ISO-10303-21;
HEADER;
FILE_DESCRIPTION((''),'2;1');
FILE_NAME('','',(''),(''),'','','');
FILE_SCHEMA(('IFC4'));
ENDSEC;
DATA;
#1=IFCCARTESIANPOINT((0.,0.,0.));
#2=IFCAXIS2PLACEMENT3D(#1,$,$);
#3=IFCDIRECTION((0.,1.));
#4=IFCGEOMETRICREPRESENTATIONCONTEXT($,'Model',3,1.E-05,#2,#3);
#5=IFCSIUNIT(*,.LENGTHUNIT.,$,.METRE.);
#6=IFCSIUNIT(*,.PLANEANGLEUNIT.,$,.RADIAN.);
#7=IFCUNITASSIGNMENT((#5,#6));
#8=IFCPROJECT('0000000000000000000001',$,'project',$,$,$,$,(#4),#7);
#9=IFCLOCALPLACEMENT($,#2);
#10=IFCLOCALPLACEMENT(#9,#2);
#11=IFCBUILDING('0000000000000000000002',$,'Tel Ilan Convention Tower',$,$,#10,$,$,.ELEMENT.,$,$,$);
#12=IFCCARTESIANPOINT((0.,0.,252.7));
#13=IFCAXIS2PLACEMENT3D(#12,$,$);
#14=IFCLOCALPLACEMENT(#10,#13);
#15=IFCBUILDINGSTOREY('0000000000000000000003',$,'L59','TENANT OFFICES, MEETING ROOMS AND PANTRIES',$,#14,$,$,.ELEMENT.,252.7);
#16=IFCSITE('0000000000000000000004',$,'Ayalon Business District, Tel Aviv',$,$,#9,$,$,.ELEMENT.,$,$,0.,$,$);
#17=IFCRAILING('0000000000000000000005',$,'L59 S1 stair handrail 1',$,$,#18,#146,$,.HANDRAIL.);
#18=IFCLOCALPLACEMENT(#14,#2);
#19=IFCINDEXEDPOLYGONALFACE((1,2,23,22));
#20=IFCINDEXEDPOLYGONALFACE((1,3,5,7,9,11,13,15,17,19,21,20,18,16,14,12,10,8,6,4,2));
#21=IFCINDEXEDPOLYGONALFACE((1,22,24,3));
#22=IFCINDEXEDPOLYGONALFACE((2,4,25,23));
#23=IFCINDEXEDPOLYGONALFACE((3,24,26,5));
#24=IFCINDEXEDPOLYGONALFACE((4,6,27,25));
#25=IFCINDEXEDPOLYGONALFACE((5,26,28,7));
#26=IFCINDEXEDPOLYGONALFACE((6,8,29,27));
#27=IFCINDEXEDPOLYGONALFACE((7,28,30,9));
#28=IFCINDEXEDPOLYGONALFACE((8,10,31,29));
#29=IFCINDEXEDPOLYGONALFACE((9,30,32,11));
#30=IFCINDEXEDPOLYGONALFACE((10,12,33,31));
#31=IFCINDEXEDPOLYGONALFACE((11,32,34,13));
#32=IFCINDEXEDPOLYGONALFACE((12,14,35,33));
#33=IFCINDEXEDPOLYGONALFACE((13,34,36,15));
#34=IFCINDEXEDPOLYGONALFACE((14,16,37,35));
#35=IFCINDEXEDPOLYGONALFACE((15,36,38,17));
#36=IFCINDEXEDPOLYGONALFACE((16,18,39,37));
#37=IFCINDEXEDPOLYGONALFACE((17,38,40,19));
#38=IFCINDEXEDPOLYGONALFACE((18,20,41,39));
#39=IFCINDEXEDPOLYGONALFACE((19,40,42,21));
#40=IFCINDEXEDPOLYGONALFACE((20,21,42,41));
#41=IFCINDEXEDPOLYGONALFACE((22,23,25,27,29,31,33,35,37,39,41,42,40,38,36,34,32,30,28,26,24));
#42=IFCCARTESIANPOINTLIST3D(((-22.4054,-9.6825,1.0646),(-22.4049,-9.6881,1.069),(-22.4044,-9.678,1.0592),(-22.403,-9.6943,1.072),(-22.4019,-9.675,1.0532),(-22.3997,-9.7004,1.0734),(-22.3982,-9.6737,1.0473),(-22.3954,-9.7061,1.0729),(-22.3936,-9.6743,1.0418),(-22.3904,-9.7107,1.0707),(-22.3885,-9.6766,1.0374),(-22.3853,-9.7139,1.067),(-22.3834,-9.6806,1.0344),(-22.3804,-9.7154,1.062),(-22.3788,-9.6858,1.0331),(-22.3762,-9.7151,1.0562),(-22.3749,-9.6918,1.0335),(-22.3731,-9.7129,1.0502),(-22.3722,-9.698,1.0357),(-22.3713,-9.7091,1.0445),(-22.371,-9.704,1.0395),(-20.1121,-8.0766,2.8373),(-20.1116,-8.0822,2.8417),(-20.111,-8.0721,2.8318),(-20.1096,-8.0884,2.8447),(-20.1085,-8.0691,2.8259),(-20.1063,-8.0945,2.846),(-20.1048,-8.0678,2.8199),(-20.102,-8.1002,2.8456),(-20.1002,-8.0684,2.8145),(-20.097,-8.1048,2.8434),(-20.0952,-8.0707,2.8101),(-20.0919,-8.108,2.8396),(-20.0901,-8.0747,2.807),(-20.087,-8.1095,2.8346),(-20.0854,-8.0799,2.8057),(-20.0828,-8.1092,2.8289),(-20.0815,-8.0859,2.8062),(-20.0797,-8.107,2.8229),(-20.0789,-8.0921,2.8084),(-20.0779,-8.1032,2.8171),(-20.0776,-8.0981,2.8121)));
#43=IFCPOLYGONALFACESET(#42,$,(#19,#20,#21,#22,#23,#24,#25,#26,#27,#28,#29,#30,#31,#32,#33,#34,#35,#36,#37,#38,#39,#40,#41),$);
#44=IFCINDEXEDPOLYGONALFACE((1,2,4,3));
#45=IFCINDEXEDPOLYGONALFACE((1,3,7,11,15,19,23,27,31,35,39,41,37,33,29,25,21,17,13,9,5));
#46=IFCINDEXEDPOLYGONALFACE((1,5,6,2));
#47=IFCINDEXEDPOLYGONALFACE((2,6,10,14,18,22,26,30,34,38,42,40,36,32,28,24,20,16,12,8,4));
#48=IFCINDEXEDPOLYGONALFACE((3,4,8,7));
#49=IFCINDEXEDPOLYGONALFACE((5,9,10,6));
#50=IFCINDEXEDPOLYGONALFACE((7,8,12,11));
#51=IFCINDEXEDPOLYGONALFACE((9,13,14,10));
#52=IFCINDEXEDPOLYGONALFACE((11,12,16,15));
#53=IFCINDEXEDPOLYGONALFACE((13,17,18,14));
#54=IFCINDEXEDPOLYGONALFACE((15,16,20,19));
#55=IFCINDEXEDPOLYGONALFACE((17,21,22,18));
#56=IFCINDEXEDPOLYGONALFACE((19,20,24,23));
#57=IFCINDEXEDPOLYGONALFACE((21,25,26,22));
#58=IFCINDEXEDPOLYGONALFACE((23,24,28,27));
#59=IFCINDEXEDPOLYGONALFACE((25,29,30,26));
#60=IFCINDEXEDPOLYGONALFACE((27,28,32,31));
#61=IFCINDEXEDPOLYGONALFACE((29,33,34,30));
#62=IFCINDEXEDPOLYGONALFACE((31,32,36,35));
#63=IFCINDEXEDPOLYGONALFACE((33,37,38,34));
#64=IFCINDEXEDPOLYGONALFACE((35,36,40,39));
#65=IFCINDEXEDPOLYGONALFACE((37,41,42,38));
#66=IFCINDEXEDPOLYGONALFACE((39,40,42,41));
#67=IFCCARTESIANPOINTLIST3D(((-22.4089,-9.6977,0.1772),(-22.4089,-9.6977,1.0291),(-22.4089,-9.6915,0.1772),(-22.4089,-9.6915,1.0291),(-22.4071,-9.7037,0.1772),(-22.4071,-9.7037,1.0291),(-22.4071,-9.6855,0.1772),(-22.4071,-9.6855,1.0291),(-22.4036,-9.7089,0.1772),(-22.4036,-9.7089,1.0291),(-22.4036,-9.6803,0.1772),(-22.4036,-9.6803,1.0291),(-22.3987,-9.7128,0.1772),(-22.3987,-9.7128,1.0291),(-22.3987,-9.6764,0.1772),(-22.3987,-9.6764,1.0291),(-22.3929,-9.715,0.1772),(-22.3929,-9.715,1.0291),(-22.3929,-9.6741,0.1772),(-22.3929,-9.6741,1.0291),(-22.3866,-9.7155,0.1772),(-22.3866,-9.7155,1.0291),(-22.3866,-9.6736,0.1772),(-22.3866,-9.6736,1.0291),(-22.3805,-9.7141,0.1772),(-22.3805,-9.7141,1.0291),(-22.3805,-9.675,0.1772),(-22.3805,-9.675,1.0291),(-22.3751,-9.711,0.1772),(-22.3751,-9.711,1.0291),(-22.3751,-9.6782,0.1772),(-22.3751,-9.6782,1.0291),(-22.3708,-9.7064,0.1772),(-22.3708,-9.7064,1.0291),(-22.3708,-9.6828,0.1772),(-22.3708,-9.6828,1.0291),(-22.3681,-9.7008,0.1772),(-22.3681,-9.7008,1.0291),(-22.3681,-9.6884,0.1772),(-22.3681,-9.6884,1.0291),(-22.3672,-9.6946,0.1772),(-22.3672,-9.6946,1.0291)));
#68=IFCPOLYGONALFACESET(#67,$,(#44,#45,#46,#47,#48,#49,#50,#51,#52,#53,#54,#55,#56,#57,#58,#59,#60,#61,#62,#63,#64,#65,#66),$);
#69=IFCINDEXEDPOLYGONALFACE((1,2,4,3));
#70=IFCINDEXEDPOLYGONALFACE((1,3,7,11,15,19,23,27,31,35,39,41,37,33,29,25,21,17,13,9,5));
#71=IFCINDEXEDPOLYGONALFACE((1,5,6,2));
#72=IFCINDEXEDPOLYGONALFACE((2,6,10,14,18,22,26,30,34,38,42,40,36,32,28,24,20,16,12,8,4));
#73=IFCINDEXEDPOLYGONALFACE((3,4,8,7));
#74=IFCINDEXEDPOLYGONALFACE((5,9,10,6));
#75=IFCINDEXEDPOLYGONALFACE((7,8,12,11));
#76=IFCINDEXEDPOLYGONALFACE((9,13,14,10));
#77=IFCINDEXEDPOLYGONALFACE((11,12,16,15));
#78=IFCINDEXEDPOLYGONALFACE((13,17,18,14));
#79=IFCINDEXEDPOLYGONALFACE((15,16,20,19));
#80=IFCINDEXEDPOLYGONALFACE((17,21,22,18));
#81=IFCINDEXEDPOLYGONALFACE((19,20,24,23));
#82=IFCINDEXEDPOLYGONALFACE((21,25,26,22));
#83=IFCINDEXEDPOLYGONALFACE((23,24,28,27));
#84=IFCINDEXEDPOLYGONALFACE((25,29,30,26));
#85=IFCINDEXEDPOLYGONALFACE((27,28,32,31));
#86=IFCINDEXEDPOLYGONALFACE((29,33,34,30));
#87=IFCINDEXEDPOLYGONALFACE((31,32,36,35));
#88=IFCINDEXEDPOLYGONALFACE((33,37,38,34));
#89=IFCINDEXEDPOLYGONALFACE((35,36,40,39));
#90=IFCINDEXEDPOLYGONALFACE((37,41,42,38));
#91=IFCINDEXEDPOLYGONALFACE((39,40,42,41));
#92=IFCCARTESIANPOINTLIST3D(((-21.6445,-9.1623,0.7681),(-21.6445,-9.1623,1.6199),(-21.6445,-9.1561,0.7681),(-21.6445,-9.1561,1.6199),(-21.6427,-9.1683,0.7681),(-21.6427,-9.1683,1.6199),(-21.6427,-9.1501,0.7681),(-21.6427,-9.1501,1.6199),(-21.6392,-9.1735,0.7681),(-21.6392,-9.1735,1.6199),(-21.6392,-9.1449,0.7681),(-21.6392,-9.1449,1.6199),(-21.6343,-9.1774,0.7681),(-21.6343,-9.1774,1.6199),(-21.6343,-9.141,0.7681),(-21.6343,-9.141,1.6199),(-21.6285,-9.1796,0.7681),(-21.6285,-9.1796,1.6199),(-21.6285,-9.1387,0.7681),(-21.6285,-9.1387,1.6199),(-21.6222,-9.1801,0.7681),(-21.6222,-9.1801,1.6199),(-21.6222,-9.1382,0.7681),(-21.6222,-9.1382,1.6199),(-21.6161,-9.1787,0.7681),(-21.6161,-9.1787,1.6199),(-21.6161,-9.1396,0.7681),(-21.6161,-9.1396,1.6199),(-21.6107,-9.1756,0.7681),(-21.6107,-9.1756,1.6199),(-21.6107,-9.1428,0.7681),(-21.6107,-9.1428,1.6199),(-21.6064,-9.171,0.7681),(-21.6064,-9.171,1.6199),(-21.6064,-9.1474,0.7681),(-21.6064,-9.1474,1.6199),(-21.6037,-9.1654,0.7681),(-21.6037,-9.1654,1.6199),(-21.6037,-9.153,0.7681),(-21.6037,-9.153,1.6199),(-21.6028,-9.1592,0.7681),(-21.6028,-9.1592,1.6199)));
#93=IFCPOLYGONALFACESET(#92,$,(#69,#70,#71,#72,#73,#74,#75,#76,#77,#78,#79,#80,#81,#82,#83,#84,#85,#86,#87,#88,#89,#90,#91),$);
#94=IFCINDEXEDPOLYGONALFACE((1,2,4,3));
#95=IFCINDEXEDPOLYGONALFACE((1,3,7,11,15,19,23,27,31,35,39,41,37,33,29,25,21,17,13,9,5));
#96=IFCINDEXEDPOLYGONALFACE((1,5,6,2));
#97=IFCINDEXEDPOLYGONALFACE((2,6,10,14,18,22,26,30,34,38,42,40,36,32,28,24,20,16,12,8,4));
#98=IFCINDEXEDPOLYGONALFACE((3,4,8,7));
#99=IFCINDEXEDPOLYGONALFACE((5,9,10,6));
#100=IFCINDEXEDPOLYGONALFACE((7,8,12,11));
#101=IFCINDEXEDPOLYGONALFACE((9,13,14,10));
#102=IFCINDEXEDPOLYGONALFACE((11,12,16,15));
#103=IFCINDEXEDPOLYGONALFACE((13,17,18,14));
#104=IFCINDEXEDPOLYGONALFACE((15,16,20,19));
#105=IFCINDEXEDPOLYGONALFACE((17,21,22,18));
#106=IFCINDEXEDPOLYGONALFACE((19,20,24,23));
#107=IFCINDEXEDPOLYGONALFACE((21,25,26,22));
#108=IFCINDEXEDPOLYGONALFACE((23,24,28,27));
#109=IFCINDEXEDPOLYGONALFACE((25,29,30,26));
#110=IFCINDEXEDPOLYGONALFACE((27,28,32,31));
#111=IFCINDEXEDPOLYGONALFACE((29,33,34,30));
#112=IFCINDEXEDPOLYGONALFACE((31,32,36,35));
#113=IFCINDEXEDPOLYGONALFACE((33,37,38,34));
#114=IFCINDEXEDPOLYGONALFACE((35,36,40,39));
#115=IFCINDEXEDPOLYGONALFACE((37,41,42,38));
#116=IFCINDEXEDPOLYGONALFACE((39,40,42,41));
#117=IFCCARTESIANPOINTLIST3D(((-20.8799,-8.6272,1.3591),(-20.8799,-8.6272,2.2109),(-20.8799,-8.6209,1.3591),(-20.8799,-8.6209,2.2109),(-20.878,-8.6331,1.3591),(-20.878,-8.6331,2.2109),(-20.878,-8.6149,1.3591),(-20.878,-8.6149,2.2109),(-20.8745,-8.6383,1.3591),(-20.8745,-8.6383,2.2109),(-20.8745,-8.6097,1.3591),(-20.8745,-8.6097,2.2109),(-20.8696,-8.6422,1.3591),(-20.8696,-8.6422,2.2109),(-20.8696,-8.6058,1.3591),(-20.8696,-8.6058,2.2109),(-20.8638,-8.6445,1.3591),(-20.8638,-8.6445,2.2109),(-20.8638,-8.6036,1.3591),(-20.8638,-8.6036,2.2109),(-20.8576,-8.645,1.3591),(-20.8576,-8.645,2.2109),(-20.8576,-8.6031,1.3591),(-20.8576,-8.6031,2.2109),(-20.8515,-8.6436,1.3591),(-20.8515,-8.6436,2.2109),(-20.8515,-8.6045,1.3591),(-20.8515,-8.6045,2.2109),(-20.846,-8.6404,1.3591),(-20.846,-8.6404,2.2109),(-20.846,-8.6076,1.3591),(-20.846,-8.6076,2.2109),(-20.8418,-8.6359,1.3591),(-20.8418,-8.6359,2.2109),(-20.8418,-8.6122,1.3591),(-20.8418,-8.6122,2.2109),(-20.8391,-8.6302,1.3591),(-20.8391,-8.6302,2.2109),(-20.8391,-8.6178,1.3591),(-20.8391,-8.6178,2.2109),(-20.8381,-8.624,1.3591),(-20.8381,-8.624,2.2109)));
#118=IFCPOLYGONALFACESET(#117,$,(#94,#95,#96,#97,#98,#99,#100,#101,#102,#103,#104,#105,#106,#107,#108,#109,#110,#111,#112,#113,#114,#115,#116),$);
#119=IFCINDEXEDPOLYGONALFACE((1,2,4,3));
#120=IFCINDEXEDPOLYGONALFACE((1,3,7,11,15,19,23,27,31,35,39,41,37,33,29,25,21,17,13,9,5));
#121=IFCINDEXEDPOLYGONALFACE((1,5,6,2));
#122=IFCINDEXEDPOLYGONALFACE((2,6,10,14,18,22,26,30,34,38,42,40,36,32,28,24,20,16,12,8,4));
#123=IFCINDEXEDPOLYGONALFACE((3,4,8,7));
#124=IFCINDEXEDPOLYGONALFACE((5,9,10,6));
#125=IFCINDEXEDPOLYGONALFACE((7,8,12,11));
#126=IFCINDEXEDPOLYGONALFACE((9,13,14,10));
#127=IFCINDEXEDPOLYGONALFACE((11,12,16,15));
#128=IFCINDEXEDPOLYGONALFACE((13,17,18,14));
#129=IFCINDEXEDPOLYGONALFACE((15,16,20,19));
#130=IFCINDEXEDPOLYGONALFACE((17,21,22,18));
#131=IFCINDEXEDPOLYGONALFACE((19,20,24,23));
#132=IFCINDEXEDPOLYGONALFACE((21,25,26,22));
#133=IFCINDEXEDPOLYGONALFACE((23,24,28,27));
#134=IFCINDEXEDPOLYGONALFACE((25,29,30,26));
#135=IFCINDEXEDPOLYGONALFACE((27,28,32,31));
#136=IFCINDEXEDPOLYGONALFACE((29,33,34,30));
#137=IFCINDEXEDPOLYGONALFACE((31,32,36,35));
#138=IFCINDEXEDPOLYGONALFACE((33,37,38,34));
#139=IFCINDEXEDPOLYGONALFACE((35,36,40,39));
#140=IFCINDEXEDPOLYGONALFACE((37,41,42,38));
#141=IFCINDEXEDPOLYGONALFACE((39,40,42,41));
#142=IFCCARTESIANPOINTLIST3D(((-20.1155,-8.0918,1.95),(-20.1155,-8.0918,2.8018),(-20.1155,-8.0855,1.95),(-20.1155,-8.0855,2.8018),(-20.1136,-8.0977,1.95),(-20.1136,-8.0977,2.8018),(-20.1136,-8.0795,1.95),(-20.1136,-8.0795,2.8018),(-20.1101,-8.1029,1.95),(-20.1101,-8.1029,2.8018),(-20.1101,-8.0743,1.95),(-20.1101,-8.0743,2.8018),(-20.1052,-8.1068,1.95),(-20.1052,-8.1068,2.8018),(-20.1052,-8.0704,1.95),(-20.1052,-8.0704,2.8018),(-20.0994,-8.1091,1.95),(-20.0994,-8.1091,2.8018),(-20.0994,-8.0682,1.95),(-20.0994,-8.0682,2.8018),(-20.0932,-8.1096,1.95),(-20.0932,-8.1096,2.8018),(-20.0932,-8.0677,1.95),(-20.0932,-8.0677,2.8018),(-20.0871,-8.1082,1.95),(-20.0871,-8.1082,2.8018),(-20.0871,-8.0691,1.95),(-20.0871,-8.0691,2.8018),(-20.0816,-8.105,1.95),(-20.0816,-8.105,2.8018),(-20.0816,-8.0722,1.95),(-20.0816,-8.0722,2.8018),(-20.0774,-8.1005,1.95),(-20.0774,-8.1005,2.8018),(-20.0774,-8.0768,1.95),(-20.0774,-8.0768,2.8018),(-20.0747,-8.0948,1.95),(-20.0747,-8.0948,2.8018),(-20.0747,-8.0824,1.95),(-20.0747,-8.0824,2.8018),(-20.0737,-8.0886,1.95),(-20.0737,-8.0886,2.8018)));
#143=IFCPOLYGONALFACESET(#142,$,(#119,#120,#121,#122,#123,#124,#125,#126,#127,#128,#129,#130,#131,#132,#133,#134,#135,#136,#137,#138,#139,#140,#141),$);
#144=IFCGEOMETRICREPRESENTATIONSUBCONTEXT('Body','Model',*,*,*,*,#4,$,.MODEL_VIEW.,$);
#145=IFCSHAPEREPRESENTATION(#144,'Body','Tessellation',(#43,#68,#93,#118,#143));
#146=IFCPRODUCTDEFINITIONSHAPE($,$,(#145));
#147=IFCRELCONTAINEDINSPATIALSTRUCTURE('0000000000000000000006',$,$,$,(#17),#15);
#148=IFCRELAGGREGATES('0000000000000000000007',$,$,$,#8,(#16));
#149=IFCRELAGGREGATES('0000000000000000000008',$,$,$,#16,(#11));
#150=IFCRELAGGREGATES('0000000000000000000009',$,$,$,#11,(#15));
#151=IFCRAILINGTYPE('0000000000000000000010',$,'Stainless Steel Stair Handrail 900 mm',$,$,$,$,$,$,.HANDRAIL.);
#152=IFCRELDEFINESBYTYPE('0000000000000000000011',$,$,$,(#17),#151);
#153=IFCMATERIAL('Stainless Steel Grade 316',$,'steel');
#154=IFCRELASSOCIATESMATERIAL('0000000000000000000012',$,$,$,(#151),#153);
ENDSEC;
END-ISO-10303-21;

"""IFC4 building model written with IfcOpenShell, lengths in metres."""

from ifc_helpers import new_model, si_unit, direction, frame, origin, origin_2d, place, context, subcontext, project, spatial, circle, extrude, material, type_object, element, save


model = new_model("IFC4")

# Units and contexts
model_context = context("Model", 3, precision=1e-05, world=origin(), true_north=direction((0.0, 1.0)))
body_context = subcontext(model_context, "Body", "Model", "MODEL_VIEW")
ifc_project = project(units=[si_unit("LENGTHUNIT", "METRE"), si_unit("PLANEANGLEUNIT", "RADIAN")], contexts=[model_context])

# Site, building, storey
site_placement = place(None, origin())
site = spatial("IfcSite", under=ifc_project, at=site_placement, Name="Ayalon Business District, Tel Aviv", CompositionType="ELEMENT", RefElevation=0.0)
building_placement = place(site_placement, origin())
building = spatial("IfcBuilding", under=site, at=building_placement, Name="Tel Ilan Convention Tower", CompositionType="ELEMENT")
storey_placement = place(building_placement, frame((0.0, 0.0, 252.7)))
storey = spatial("IfcBuildingStorey", under=building, at=storey_placement, Name="L59", Description="TENANT OFFICES, MEETING ROOMS AND PANTRIES", CompositionType="ELEMENT", Elevation=252.7)

# Railing
ifc_material_1 = material(Name="Stainless Steel Grade 316", Category="steel")
railing_type_1 = type_object("IfcRailingType", Name="Stainless Steel Stair Handrail 900 mm", PredefinedType="HANDRAIL", material=ifc_material_1)
railing_1_placement = place(storey_placement, frame((-22.3882, -9.6946, 0.1772)))
element("IfcRailing", 1, at=railing_1_placement, inside=storey, type_object=railing_type_1, Name="L59 S1 stair handrail 1", PredefinedType="HANDRAIL", context=body_context, shape_type="SweptSolid", body=[
    extrude(circle(Radius=0.0239, at=origin_2d()), frame((0.0, 0.0, 0.876), z_axis=(0.692085, 0.484621, 0.53494), x_axis=(-0.573591, 0.819142, 0.0)), (0.0, 0.0, 1.0), 3.3137),
    extrude(circle(Radius=0.021, at=origin_2d()), origin(), (0.0, 0.0, 1.0), 0.8518),
    extrude(circle(Radius=0.021, at=origin_2d()), frame((0.7644, 0.5354, 0.5908)), (0.0, 0.0, 1.0), 0.8518),
    extrude(circle(Radius=0.021, at=origin_2d()), frame((1.5291, 1.0706, 1.1819)), (0.0, 0.0, 1.0), 0.8518),
    extrude(circle(Radius=0.021, at=origin_2d()), frame((2.2935, 1.606, 1.7727)), (0.0, 0.0, 1.0), 0.8518),
])

save(model, "model.ifc")
